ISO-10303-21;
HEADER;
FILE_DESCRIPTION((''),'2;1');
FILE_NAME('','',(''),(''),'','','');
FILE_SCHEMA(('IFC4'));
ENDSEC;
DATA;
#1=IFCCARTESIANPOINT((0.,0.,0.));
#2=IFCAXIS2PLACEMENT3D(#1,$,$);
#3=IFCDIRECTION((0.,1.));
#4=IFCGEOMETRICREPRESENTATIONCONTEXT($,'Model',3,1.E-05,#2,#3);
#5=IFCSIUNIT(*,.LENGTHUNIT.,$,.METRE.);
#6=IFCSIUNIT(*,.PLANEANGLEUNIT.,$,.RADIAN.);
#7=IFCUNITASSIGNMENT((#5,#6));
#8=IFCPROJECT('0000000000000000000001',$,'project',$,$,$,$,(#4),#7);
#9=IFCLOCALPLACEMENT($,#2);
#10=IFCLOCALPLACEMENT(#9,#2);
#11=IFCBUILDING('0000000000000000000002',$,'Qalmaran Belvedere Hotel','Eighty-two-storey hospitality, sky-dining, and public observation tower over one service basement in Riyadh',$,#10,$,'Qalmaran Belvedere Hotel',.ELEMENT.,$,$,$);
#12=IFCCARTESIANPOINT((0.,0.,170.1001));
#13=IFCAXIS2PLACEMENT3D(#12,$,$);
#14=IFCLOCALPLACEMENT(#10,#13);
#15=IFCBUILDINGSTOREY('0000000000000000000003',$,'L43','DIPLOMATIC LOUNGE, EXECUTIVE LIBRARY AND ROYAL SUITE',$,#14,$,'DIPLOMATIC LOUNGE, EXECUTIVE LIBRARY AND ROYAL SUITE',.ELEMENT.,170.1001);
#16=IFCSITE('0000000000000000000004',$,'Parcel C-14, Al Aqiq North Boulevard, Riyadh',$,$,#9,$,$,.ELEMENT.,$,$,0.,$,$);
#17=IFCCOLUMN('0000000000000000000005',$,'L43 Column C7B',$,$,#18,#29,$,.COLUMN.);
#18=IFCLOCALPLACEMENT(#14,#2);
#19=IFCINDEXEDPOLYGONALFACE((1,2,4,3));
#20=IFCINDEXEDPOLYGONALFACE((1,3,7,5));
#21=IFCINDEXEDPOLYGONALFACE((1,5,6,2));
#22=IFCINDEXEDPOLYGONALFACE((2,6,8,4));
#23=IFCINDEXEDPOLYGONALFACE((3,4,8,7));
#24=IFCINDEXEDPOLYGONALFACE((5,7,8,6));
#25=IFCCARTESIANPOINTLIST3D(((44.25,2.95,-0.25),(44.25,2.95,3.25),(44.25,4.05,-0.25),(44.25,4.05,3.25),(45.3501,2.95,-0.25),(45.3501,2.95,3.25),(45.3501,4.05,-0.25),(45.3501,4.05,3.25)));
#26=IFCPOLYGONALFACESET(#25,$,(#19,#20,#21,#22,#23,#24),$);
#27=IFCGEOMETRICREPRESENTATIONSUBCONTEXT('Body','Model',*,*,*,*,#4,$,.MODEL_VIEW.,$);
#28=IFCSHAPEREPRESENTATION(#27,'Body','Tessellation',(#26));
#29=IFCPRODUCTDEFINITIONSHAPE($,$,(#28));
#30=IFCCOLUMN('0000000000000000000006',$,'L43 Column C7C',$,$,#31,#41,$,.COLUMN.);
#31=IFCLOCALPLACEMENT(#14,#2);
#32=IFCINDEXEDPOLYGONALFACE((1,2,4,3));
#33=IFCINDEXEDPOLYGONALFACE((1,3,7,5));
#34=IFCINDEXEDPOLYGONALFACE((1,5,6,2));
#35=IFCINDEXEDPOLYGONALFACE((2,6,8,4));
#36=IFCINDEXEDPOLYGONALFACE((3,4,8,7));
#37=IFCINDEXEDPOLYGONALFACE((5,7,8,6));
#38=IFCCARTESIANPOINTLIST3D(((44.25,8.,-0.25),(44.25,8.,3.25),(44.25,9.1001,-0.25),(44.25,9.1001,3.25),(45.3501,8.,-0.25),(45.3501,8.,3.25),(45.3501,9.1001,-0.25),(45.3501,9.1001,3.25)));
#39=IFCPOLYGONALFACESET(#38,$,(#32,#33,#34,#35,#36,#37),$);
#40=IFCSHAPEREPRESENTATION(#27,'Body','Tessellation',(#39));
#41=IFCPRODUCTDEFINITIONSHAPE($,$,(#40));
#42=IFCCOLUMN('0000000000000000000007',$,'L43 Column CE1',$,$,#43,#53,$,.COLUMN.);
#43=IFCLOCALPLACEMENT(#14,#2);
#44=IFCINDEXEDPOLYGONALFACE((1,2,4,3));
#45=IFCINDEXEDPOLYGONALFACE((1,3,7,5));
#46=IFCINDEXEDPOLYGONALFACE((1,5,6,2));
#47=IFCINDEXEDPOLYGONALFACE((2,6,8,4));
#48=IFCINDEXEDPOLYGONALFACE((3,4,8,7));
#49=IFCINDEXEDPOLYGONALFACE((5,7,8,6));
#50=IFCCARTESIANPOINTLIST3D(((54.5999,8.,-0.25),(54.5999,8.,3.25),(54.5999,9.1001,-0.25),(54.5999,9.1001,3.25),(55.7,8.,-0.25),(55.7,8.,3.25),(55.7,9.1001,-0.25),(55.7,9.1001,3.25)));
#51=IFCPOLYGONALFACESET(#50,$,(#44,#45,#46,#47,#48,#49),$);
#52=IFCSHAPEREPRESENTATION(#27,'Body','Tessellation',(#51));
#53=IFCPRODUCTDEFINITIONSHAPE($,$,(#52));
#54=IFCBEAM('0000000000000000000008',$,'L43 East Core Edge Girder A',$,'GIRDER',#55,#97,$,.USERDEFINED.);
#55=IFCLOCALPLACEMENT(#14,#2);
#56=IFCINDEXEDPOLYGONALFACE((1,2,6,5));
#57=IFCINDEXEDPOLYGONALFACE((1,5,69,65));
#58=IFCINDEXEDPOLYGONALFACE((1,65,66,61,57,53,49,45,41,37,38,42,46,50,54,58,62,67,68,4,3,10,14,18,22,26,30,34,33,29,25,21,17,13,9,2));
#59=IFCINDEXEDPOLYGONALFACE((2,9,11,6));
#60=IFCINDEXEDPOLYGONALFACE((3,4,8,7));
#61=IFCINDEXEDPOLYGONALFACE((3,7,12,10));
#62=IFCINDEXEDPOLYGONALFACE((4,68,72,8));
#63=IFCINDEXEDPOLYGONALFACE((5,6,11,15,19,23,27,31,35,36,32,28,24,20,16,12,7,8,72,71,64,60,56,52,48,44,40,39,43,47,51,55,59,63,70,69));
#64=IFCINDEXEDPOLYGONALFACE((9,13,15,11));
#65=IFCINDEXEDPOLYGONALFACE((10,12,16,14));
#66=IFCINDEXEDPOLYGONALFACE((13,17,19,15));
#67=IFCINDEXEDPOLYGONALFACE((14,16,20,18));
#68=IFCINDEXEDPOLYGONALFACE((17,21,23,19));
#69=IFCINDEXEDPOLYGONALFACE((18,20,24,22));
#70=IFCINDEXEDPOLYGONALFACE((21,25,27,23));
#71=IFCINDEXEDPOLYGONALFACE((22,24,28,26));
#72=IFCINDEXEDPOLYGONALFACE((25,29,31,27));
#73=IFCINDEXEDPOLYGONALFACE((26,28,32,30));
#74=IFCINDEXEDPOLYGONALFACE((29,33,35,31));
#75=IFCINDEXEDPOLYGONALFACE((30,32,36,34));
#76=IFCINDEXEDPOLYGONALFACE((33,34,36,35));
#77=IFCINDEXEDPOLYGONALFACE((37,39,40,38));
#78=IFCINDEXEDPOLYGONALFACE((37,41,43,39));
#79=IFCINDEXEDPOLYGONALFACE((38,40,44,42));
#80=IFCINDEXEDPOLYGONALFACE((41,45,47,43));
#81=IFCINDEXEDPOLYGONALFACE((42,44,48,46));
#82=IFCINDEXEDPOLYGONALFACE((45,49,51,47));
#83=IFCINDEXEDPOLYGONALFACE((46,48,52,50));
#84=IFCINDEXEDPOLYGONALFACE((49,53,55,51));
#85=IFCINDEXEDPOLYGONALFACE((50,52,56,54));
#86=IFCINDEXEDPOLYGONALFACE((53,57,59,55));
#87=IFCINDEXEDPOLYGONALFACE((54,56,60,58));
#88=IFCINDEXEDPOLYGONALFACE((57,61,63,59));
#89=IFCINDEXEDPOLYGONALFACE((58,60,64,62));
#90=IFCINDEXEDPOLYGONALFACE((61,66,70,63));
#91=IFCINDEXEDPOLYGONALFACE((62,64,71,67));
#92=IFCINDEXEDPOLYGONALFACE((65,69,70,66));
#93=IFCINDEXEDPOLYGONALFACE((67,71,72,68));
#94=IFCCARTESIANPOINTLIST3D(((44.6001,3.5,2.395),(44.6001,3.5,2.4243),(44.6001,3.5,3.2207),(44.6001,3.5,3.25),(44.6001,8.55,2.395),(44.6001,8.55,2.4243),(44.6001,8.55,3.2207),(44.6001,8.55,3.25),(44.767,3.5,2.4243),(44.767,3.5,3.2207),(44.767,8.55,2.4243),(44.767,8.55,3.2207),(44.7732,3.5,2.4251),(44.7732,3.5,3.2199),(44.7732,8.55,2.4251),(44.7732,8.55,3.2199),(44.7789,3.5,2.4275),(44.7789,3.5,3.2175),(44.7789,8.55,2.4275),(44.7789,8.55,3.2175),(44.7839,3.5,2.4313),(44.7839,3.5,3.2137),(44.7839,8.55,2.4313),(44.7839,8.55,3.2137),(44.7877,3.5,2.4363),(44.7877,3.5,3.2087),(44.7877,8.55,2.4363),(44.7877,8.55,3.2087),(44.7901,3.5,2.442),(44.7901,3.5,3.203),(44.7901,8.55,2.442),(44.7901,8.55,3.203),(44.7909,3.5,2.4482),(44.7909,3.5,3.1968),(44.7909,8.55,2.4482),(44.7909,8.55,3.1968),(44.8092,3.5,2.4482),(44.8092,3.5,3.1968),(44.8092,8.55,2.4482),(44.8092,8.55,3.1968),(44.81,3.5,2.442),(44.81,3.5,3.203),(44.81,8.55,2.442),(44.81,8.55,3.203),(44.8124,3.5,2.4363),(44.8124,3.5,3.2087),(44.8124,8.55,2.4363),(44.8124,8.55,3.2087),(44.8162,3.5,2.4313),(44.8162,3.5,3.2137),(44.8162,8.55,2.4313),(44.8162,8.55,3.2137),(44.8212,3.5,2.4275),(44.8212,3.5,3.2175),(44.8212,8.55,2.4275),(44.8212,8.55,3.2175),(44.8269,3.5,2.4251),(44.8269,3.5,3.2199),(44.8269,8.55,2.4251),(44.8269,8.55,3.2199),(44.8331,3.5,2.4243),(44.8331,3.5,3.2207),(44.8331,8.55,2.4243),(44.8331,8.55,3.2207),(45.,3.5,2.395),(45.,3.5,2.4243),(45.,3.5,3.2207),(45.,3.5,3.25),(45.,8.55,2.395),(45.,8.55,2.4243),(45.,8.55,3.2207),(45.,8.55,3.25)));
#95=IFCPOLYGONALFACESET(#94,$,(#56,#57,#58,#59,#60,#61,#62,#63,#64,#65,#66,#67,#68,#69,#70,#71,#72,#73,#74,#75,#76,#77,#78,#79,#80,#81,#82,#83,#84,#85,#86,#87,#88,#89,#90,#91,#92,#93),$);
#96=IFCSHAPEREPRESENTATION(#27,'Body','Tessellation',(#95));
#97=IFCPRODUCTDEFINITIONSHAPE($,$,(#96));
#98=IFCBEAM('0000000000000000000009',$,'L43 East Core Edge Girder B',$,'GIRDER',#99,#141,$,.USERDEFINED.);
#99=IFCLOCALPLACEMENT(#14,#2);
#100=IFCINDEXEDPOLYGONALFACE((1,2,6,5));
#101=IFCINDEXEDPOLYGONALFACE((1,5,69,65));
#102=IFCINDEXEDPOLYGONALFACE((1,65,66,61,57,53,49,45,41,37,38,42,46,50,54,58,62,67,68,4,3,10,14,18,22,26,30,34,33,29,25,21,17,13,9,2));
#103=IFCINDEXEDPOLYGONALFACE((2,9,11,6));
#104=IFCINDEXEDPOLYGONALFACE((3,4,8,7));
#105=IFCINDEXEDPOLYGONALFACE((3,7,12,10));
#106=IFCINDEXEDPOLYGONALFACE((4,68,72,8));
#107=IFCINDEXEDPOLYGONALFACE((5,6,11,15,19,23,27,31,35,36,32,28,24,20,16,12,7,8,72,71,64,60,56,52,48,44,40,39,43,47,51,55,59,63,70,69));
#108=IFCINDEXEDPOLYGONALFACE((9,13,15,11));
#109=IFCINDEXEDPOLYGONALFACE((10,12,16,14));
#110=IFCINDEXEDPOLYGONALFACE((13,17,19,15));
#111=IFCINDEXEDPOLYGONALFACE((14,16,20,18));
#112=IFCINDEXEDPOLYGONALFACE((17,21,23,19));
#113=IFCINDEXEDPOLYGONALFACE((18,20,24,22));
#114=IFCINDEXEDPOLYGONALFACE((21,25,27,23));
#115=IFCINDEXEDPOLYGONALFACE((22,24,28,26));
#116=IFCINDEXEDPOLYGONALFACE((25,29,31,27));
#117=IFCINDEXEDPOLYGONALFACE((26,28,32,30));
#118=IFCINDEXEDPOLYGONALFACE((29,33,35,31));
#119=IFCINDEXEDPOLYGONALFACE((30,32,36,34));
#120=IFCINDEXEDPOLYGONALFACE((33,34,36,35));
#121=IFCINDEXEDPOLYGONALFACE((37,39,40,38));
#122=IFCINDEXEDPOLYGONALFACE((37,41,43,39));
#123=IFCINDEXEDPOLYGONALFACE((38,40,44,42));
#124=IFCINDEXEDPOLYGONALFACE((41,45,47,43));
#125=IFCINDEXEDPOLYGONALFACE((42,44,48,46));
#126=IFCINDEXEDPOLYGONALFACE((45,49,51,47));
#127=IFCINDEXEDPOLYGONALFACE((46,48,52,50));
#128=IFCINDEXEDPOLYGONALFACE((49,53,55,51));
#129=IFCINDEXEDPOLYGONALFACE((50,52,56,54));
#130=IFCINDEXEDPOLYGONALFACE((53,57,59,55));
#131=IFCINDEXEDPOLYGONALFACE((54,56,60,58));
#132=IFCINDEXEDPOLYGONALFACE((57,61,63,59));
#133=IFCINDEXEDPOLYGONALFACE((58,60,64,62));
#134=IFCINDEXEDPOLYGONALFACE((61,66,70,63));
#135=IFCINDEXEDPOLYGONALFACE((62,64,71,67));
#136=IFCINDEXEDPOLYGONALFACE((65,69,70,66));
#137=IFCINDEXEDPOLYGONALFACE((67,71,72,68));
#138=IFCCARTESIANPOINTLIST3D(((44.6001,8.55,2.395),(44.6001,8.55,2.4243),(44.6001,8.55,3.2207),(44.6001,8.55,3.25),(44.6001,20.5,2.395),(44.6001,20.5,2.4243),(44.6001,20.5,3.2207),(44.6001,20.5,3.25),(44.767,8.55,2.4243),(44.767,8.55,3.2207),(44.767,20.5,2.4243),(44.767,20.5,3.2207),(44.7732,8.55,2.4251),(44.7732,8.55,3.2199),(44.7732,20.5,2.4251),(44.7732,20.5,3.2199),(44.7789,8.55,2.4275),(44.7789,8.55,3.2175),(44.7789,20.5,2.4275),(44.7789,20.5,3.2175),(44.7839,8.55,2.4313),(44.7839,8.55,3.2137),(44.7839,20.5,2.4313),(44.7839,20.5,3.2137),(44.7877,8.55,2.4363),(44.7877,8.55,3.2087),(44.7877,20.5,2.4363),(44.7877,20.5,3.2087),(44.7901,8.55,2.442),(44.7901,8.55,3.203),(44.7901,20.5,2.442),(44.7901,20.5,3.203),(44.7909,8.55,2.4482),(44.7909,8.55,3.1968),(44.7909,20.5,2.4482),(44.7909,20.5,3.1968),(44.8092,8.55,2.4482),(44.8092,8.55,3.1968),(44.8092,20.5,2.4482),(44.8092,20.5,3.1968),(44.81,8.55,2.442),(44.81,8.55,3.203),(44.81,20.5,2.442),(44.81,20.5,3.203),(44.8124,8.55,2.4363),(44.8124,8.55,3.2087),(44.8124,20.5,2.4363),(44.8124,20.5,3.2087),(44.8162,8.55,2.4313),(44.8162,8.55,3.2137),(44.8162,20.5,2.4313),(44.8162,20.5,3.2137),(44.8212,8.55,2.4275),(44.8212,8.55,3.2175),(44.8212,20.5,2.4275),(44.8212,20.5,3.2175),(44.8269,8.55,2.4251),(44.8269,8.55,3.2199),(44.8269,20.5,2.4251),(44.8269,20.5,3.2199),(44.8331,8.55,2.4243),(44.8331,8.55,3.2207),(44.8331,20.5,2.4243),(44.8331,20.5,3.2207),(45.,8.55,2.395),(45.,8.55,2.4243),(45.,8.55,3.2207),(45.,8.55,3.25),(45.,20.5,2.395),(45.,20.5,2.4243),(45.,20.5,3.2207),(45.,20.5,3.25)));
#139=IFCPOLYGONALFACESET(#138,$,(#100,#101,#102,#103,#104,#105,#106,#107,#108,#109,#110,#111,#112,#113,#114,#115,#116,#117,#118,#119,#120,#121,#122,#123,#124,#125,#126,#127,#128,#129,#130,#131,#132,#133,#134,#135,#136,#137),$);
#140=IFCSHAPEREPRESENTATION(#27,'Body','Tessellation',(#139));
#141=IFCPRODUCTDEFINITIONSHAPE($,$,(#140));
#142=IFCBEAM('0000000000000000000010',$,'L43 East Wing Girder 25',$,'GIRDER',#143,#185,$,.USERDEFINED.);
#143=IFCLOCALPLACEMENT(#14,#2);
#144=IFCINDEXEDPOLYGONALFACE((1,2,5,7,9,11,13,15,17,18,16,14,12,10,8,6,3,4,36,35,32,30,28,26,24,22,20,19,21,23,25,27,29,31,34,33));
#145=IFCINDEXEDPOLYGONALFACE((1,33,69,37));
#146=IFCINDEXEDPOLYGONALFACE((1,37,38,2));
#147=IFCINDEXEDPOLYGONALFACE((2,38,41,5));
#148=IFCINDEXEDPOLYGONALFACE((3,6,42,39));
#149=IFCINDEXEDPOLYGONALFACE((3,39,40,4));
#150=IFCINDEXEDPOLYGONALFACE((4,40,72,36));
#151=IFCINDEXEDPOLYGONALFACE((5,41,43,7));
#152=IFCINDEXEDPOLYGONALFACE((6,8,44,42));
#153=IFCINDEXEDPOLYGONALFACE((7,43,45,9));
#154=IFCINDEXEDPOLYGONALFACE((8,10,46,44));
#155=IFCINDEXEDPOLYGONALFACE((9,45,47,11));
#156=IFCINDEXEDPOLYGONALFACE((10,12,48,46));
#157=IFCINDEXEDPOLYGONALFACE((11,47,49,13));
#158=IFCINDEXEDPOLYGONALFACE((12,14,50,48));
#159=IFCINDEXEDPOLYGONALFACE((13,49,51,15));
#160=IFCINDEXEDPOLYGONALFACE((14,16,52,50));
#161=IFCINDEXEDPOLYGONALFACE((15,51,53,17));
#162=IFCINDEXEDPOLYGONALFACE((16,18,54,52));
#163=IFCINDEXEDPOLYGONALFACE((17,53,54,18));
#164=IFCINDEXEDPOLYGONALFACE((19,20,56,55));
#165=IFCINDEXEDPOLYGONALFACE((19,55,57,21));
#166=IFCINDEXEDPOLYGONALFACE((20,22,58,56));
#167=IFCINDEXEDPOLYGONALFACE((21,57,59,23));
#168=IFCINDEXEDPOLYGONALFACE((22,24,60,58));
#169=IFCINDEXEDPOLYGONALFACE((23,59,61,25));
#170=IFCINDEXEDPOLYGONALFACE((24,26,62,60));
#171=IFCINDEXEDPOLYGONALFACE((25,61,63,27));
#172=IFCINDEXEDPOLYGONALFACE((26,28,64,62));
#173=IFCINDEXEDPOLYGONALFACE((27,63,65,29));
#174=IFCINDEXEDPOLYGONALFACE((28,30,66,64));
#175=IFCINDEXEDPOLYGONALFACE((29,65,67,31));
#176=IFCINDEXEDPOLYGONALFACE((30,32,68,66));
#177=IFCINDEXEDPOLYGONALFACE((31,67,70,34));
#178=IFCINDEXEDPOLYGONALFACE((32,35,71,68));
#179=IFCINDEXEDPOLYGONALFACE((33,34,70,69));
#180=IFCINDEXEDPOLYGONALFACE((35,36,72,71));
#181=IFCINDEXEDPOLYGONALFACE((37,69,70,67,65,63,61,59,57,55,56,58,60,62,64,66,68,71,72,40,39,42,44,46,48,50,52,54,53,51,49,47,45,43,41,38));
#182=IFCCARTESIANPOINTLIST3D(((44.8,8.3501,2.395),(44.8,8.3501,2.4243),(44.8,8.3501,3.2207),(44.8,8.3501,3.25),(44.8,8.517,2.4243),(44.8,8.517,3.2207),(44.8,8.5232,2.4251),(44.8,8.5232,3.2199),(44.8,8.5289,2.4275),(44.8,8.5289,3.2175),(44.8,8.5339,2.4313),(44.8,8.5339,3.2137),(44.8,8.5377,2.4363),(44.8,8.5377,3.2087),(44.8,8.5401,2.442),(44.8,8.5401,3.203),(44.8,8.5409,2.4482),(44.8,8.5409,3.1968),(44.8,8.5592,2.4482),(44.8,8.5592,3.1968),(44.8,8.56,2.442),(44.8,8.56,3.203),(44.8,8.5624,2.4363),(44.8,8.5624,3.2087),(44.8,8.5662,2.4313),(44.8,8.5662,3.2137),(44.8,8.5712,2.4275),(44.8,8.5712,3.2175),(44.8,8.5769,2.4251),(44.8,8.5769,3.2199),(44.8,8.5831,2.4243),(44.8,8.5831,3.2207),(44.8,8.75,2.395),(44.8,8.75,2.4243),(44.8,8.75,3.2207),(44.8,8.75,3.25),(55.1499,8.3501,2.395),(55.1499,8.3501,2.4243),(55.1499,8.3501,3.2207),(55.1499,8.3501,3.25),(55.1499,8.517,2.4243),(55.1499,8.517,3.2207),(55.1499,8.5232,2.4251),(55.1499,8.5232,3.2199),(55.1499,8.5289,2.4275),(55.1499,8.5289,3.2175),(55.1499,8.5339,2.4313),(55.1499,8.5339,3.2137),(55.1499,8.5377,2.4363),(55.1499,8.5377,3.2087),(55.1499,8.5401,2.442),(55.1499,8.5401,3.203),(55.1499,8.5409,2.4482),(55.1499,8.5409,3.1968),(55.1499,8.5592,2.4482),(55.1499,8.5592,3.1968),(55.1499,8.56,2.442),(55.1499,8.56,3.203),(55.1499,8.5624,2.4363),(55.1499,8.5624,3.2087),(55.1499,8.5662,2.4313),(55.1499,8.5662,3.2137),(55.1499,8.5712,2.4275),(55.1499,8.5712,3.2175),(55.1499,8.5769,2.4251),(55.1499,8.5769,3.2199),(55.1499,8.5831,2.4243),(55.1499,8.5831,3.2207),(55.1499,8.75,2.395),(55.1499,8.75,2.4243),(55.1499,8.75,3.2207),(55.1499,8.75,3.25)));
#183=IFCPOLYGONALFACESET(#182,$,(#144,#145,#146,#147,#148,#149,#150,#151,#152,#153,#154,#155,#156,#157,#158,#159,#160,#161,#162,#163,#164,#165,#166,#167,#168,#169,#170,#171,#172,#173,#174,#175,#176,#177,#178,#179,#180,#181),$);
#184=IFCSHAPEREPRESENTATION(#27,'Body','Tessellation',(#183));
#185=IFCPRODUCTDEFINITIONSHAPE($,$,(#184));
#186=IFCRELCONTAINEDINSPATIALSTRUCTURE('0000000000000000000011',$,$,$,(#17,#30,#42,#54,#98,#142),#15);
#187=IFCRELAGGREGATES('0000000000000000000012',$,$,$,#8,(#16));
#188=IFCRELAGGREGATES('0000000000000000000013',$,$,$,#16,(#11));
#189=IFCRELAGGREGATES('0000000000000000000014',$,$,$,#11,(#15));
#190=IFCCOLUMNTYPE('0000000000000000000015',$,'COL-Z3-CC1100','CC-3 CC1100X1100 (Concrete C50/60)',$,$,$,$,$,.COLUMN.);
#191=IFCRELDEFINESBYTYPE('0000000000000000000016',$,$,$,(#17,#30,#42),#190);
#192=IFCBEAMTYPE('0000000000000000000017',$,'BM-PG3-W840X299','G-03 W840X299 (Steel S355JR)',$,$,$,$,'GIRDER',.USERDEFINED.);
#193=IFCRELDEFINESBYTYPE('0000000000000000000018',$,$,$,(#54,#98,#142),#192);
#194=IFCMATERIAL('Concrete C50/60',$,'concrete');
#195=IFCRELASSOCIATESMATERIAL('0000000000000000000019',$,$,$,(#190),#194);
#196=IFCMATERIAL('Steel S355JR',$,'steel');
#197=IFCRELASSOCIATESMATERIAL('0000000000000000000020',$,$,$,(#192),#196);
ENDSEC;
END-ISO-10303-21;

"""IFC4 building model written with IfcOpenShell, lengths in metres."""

from ifc_helpers import new_model, si_unit, direction, frame, origin, origin_2d, place, context, subcontext, project, spatial, rectangle, i_section, extrude, material, material_profile, profile_set, type_object, element, save


model = new_model("IFC4")

# Units and contexts
model_context = context("Model", 3, precision=1e-05, world=origin(), true_north=direction((0.0, 1.0)))
body_context = subcontext(model_context, "Body", "Model", "MODEL_VIEW")
ifc_project = project(units=[si_unit("LENGTHUNIT", "METRE"), si_unit("PLANEANGLEUNIT", "RADIAN")], contexts=[model_context])

# Site, building, storey
site_placement = place(None, origin())
site = spatial("IfcSite", under=ifc_project, at=site_placement, Name="Parcel C-14, Al Aqiq North Boulevard, Riyadh", CompositionType="ELEMENT", RefElevation=0.0)
building_placement = place(site_placement, origin())
building = spatial("IfcBuilding", under=site, at=building_placement, Name="Qalmaran Belvedere Hotel", Description="Eighty-two-storey hospitality, sky-dining, and public observation tower over one service basement in Riyadh", LongName="Qalmaran Belvedere Hotel", CompositionType="ELEMENT")
storey_placement = place(building_placement, frame((0.0, 0.0, 170.1001)))
storey = spatial("IfcBuildingStorey", under=building, at=storey_placement, Name="L43", Description="DIPLOMATIC LOUNGE, EXECUTIVE LIBRARY AND ROYAL SUITE", LongName="DIPLOMATIC LOUNGE, EXECUTIVE LIBRARY AND ROYAL SUITE", CompositionType="ELEMENT", Elevation=170.1001)

# Columns
ifc_material_1 = material(Name="Concrete C50/60", Category="concrete")
ifc_material_profile_1 = material_profile(ifc_material_1, rectangle(XDim=1.1001, YDim=1.1001, at=origin_2d()), Name="CC1100X1100")
ifc_profile_set_1 = profile_set([ifc_material_profile_1], Name="Concrete C50/60")
column_type = type_object("IfcColumnType", Name="COL-Z3-CC1100", Description="CC-3 CC1100X1100 (Concrete C50/60)", PredefinedType="COLUMN", material=ifc_profile_set_1)
for number, where, z_axis, x_axis, name in (
    (1, (44.8, 3.5, -0.25), (0.0, 0.0, 1.0), (1.0, 0.0, 0.0), "L43 Column C7B"),
    (2, (44.8, 8.55, -0.25), (0.0, 0.0, 1.0), (1.0, 0.0, 0.0), "L43 Column C7C"),
    (3, (55.1499, 8.55, -0.25), (0.0, 0.0, 1.0), (1.0, 0.0, 0.0), "L43 Column CE1"),
):
    element("IfcColumn", number, at=place(storey_placement, frame(where, z_axis=z_axis, x_axis=x_axis)), inside=storey, type_object=column_type, Name=name, PredefinedType="COLUMN", context=body_context, shape_type="SweptSolid", body=[
        extrude(rectangle(XDim=1.1001, YDim=1.1001, at=origin_2d()), origin(), (0.0, 0.0, 1.0), 3.5),
    ])

# Beams
ifc_material_2 = material(Name="Steel S355JR", Category="steel")
ifc_material_profile_2 = material_profile(ifc_material_2, i_section(OverallWidth=0.3999, OverallDepth=0.855, WebThickness=0.0183, FlangeThickness=0.0293, FilletRadius=0.0239, at=origin_2d()), Name="W840X299")
ifc_profile_set_2 = profile_set([ifc_material_profile_2], Name="Steel S355JR")
beam_type_1 = type_object("IfcBeamType", Name="BM-PG3-W840X299", Description="G-03 W840X299 (Steel S355JR)", ElementType="GIRDER", PredefinedType="USERDEFINED", material=ifc_profile_set_2)
beam_1_placement = place(storey_placement, frame((44.8, 3.5, 2.8225), z_axis=(0.0, 1.0, 0.0), x_axis=(-1.0, 0.0, 0.0)))
element("IfcBeam", 4, at=beam_1_placement, inside=storey, type_object=beam_type_1, Name="L43 East Core Edge Girder A", ObjectType="GIRDER", PredefinedType="USERDEFINED", context=body_context, shape_type="SweptSolid", body=[
    extrude(i_section(OverallWidth=0.3999, OverallDepth=0.855, WebThickness=0.0183, FlangeThickness=0.0293, FilletRadius=0.0239, at=origin_2d()), origin(), (0.0, 0.0, 1.0), 5.05),
])
beam_2_placement = place(storey_placement, frame((44.8, 8.55, 2.8225), z_axis=(0.0, 1.0, 0.0), x_axis=(-1.0, 0.0, 0.0)))
element("IfcBeam", 5, at=beam_2_placement, inside=storey, type_object=beam_type_1, Name="L43 East Core Edge Girder B", ObjectType="GIRDER", PredefinedType="USERDEFINED", context=body_context, shape_type="SweptSolid", body=[
    extrude(i_section(OverallWidth=0.3999, OverallDepth=0.855, WebThickness=0.0183, FlangeThickness=0.0293, FilletRadius=0.0239, at=origin_2d()), origin(), (0.0, 0.0, 1.0), 11.95),
])
beam_3_placement = place(storey_placement, frame((44.8, 8.55, 2.8225), z_axis=(1.0, 0.0, 0.0), x_axis=(0.0, 1.0, 0.0)))
element("IfcBeam", 6, at=beam_3_placement, inside=storey, type_object=beam_type_1, Name="L43 East Wing Girder 25", ObjectType="GIRDER", PredefinedType="USERDEFINED", context=body_context, shape_type="SweptSolid", body=[
    extrude(i_section(OverallWidth=0.3999, OverallDepth=0.855, WebThickness=0.0183, FlangeThickness=0.0293, FilletRadius=0.0239, at=origin_2d()), origin(), (0.0, 0.0, 1.0), 10.3499),
])

save(model, "model.ifc")
